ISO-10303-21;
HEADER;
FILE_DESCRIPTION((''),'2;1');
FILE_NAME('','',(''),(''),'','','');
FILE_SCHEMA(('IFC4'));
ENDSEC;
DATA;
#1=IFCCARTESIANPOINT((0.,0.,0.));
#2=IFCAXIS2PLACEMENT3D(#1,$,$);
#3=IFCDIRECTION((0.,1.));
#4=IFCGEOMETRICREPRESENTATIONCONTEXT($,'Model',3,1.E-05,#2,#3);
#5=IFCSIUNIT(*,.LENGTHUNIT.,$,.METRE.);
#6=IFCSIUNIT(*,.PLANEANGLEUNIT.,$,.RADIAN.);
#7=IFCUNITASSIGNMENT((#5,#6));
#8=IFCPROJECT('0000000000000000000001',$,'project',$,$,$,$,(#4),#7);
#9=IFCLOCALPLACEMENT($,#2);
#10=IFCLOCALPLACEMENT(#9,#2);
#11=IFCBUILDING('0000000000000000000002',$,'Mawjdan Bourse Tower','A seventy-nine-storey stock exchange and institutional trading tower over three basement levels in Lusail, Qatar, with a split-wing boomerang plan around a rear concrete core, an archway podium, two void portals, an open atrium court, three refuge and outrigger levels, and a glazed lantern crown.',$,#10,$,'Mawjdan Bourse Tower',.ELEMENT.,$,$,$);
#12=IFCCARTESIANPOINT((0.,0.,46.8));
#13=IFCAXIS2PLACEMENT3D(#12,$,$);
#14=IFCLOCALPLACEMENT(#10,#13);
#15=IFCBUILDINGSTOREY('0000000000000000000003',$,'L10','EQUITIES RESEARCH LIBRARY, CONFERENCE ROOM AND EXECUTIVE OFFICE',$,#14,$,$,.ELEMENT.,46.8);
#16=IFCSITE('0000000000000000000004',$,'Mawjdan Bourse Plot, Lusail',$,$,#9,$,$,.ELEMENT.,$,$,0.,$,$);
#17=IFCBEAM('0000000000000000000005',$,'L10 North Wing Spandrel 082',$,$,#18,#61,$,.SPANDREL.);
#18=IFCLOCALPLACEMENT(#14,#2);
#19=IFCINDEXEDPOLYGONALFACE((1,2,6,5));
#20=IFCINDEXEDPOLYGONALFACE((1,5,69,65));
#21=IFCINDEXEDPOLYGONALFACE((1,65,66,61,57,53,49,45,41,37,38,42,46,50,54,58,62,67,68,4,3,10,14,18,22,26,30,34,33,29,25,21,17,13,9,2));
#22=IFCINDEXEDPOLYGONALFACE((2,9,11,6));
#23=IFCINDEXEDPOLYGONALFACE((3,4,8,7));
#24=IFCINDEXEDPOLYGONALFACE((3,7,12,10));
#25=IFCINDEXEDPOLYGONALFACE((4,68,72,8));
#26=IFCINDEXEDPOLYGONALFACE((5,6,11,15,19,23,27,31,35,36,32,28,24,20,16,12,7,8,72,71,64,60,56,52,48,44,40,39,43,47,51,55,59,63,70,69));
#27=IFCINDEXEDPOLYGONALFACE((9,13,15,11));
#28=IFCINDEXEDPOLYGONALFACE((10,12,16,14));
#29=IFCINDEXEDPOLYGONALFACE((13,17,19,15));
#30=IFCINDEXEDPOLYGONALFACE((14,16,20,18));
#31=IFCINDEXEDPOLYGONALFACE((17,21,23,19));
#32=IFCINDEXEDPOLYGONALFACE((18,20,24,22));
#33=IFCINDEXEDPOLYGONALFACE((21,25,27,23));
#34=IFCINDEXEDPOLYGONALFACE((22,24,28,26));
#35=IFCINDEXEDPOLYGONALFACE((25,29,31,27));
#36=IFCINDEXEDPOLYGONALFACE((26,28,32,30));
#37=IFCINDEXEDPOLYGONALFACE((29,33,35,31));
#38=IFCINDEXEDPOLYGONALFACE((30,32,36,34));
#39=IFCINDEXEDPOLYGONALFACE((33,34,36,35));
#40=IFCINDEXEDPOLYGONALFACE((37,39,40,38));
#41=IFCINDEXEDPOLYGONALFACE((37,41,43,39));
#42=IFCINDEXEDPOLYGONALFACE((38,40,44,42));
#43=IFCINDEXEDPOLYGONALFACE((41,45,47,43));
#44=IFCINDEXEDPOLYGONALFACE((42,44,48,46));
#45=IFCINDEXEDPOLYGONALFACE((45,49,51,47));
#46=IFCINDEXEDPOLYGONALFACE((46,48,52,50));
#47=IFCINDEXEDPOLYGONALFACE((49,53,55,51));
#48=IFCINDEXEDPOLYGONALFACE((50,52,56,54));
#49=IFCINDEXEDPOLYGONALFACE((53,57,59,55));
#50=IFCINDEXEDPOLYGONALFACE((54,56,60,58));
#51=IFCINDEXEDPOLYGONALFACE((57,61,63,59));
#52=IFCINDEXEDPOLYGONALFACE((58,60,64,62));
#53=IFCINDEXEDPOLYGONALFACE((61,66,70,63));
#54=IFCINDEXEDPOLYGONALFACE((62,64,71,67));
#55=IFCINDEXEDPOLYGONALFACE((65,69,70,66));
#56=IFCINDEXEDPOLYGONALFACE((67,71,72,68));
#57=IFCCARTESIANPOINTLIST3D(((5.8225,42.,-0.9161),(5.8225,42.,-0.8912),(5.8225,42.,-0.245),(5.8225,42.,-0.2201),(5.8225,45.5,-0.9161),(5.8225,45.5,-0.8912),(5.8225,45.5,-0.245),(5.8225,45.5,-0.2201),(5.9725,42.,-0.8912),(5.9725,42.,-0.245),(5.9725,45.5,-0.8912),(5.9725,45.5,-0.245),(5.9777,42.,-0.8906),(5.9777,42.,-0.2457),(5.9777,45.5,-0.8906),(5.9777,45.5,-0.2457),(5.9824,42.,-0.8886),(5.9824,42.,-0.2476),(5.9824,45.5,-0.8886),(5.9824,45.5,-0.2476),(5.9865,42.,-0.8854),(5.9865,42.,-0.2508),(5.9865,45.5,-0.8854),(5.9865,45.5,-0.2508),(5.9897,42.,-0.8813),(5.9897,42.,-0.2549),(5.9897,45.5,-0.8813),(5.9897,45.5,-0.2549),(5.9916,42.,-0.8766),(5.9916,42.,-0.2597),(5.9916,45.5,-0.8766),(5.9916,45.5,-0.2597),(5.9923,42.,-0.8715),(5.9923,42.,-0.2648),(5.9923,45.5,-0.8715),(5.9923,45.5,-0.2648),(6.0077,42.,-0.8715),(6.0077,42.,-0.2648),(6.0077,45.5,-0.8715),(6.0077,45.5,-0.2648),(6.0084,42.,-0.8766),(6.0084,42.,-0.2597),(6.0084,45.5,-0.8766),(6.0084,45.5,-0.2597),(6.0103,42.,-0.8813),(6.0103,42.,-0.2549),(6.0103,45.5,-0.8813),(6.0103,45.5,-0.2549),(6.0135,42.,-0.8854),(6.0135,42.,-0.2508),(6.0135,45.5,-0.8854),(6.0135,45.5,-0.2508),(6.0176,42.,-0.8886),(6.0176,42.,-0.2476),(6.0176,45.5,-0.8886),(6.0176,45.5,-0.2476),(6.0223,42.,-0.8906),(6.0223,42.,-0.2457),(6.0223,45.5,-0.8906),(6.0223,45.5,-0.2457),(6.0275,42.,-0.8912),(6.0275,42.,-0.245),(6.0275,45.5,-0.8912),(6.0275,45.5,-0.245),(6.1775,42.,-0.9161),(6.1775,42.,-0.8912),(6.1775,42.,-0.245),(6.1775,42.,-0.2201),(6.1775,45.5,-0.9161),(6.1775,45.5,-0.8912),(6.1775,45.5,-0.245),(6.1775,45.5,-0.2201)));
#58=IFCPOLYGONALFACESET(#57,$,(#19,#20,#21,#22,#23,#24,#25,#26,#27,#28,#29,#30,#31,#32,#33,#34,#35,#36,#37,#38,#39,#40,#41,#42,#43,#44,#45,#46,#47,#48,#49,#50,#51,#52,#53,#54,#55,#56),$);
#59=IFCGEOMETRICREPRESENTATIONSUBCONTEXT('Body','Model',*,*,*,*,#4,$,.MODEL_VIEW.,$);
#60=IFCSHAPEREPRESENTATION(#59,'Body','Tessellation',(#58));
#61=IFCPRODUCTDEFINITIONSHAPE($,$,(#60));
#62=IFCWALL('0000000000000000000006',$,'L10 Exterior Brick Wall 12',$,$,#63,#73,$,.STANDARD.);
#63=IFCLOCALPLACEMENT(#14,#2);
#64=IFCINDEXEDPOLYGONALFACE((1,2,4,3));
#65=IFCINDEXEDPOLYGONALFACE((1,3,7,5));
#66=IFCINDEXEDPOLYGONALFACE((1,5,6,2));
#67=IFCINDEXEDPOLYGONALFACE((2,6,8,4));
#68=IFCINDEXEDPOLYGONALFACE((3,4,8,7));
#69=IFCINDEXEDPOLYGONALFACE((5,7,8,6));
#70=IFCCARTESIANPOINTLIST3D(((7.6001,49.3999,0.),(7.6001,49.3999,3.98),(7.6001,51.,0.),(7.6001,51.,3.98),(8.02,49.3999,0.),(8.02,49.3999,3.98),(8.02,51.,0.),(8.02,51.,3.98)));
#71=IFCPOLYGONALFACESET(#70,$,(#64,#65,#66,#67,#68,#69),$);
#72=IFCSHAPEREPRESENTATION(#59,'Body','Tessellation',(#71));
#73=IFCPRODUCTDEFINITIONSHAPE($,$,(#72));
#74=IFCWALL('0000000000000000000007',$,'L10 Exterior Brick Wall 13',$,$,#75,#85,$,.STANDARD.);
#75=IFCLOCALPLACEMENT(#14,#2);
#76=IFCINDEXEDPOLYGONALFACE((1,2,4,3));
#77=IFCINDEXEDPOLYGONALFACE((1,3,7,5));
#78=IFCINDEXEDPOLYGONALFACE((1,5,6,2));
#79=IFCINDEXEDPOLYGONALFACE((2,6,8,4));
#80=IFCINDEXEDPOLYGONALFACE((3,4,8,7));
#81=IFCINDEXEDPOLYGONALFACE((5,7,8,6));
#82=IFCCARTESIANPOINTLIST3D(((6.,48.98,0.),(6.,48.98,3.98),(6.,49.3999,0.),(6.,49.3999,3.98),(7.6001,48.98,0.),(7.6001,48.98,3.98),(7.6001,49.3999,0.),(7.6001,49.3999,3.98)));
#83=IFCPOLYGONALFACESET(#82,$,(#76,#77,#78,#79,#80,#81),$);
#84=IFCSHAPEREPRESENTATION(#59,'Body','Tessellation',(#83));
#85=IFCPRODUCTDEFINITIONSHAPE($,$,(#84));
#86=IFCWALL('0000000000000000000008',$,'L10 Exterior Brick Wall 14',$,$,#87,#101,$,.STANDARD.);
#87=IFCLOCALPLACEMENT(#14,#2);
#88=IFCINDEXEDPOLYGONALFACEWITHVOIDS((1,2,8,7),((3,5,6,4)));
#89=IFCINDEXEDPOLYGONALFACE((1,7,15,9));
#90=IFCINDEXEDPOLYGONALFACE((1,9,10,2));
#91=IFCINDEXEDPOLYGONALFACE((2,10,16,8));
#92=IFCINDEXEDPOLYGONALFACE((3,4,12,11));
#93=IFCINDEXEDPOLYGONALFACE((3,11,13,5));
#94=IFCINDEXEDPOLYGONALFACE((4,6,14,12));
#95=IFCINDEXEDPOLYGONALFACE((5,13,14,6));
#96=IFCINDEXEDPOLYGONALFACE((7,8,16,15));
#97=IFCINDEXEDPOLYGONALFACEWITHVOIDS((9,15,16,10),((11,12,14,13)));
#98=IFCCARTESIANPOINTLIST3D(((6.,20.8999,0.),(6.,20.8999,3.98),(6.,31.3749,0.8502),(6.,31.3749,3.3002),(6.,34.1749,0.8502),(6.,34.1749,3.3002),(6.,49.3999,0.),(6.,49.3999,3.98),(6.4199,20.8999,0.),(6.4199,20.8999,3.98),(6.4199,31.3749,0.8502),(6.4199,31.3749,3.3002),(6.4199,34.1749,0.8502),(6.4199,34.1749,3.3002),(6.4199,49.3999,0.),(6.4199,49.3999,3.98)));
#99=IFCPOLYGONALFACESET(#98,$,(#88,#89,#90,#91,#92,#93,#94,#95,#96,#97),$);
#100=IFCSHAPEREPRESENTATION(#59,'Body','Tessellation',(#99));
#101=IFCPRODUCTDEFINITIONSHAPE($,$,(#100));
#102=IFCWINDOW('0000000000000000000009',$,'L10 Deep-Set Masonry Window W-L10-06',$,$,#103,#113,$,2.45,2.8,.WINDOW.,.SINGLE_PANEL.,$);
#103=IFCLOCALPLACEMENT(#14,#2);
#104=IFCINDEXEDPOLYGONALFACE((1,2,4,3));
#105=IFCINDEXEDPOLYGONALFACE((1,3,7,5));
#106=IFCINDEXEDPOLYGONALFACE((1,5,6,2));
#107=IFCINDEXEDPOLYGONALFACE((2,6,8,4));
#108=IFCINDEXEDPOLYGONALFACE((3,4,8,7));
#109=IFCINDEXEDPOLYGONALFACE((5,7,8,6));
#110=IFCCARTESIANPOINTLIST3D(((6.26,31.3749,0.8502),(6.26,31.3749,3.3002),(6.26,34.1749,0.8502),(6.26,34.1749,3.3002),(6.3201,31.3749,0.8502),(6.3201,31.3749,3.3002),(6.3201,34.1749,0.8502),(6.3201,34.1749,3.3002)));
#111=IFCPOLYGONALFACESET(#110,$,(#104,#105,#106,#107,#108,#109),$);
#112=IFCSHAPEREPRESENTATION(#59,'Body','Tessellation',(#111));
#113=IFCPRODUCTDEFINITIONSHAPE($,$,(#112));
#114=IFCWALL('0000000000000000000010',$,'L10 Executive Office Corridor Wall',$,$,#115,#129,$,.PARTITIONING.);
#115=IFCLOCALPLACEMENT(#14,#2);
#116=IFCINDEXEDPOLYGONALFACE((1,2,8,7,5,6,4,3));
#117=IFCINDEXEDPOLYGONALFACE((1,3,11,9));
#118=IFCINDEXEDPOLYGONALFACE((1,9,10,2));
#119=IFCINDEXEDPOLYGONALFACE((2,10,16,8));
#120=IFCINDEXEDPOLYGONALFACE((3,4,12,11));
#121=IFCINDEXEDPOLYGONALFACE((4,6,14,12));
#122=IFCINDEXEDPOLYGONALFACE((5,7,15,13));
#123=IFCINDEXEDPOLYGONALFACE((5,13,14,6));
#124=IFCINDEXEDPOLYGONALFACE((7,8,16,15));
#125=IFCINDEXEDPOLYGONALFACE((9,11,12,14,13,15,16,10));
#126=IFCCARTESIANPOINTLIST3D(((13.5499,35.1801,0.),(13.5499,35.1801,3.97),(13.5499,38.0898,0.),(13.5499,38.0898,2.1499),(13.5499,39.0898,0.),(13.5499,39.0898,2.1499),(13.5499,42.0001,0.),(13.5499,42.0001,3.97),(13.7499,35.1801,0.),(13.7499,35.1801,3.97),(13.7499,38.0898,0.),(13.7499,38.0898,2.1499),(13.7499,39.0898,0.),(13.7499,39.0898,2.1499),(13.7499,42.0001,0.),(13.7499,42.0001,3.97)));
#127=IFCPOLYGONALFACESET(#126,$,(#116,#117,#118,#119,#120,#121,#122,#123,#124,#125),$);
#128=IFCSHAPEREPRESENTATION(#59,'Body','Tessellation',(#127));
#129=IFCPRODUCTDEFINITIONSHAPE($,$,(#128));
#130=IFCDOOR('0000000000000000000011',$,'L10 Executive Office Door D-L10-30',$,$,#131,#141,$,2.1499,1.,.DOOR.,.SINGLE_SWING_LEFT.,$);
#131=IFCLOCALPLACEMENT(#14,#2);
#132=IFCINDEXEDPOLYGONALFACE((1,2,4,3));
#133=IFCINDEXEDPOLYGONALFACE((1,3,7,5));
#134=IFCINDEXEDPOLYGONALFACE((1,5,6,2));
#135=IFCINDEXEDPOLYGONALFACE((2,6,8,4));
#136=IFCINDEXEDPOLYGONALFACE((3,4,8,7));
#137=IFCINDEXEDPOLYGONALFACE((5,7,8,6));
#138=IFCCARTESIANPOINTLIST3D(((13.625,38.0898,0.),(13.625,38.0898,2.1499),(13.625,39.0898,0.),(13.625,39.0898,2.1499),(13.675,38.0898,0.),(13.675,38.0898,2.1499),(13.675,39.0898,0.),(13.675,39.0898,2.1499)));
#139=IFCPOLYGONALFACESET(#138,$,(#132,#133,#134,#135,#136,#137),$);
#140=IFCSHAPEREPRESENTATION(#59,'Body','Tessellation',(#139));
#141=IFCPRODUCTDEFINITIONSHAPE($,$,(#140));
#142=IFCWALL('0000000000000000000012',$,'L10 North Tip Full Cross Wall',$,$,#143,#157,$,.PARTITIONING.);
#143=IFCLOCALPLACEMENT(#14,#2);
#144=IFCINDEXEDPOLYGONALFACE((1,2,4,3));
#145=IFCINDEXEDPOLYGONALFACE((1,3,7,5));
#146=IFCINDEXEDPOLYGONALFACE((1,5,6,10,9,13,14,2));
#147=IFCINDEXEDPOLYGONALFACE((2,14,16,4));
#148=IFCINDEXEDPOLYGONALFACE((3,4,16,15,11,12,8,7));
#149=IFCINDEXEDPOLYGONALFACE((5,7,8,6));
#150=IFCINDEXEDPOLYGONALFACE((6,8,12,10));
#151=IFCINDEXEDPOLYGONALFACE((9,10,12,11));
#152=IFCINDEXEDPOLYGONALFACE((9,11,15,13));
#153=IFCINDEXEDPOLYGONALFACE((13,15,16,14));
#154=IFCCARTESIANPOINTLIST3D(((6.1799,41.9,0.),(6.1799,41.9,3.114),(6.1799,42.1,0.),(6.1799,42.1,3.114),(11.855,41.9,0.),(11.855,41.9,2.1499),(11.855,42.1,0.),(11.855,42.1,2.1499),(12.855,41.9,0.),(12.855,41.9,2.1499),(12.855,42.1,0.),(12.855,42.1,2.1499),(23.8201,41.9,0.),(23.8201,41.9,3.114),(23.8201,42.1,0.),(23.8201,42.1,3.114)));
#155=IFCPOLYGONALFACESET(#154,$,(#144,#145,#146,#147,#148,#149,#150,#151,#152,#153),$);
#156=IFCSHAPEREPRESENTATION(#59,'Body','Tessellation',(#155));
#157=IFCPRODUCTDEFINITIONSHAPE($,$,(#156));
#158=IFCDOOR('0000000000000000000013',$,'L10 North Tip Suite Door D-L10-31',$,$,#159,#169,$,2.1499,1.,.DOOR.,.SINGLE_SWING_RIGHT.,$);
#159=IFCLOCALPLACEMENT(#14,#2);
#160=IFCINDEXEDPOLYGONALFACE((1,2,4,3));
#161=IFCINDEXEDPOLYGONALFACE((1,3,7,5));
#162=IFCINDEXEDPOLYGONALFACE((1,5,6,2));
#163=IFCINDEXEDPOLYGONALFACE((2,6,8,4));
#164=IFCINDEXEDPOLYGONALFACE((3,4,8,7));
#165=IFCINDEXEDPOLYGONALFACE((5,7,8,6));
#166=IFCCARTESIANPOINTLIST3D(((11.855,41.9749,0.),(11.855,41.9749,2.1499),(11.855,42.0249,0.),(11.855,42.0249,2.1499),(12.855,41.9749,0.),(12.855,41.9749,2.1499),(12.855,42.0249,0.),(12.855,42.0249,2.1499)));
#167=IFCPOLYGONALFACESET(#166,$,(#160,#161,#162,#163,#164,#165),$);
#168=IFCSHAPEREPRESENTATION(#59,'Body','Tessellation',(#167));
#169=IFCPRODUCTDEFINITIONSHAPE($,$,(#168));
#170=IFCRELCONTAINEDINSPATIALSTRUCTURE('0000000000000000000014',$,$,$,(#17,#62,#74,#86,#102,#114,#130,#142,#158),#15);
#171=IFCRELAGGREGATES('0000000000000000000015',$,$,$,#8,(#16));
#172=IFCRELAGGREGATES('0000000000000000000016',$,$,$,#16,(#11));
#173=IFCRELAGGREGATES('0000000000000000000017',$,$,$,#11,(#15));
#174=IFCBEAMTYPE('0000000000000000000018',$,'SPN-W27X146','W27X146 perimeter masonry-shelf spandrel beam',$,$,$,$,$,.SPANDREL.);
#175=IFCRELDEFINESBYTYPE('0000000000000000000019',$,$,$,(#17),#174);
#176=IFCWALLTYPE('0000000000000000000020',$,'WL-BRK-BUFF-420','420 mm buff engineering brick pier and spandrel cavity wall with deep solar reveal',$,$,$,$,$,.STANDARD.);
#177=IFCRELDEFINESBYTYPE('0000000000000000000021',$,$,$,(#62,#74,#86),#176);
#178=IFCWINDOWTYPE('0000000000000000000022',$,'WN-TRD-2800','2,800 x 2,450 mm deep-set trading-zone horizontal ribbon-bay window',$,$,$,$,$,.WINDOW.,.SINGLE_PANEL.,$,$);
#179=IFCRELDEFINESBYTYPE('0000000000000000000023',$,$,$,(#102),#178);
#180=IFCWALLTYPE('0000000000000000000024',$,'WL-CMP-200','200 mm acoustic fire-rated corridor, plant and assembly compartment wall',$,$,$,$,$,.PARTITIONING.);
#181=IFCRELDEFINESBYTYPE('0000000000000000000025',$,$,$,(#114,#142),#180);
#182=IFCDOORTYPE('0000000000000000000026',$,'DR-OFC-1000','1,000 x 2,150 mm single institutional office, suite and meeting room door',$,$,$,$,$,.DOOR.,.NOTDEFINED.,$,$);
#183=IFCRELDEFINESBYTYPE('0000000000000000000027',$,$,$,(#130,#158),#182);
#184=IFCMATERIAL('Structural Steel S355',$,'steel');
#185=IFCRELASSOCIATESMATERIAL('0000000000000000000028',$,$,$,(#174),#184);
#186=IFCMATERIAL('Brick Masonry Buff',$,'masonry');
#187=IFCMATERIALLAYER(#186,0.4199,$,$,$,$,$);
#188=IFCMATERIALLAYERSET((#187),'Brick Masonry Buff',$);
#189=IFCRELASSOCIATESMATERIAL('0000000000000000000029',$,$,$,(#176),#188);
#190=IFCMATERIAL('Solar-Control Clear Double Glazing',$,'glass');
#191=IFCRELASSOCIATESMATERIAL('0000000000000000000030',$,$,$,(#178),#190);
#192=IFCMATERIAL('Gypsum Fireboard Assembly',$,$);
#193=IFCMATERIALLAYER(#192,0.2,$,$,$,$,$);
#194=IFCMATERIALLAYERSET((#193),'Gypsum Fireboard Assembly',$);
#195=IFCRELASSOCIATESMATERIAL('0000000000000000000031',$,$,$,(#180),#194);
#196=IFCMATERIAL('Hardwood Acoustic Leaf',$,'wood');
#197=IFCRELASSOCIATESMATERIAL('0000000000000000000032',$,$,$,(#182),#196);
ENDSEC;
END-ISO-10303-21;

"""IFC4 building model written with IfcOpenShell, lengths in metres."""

from ifc_helpers import new_model, si_unit, direction, frame, frame_2d, origin, origin_2d, place, context, subcontext, project, spatial, rectangle, i_section, extrude, material, layer, layer_set, material_profile, profile_set, type_object, element, fill, save


model = new_model("IFC4")

# Units and contexts
model_context = context("Model", 3, precision=1e-05, world=origin(), true_north=direction((0.0, 1.0)))
body_context = subcontext(model_context, "Body", "Model", "MODEL_VIEW")
ifc_project = project(units=[si_unit("LENGTHUNIT", "METRE"), si_unit("PLANEANGLEUNIT", "RADIAN")], contexts=[model_context])

# Site, building, storey
site_placement = place(None, origin())
site = spatial("IfcSite", under=ifc_project, at=site_placement, Name="Mawjdan Bourse Plot, Lusail", CompositionType="ELEMENT", RefElevation=0.0)
building_placement = place(site_placement, origin())
building = spatial("IfcBuilding", under=site, at=building_placement, Name="Mawjdan Bourse Tower", Description="A seventy-nine-storey stock exchange and institutional trading tower over three basement levels in Lusail, Qatar, with a split-wing boomerang plan around a rear concrete core, an archway podium, two void portals, an open atrium court, three refuge and outrigger levels, and a glazed lantern crown.", LongName="Mawjdan Bourse Tower", CompositionType="ELEMENT")
storey_placement = place(building_placement, frame((0.0, 0.0, 46.8)))
storey = spatial("IfcBuildingStorey", under=building, at=storey_placement, Name="L10", Description="EQUITIES RESEARCH LIBRARY, CONFERENCE ROOM AND EXECUTIVE OFFICE", CompositionType="ELEMENT", Elevation=46.8)

# Beam
ifc_material_1 = material(Name="Structural Steel S355", Category="steel")
ifc_material_profile_1 = material_profile(ifc_material_1, i_section(OverallWidth=0.355, OverallDepth=0.696, WebThickness=0.0154, FlangeThickness=0.0249, FilletRadius=0.0198, at=origin_2d()), Name="W27X146")
ifc_profile_set_1 = profile_set([ifc_material_profile_1], Name="Structural Steel S355")
beam_type_1 = type_object("IfcBeamType", Name="SPN-W27X146", Description="W27X146 perimeter masonry-shelf spandrel beam", PredefinedType="SPANDREL", material=ifc_profile_set_1)
beam_1_placement = place(storey_placement, frame((6.0, 42.0, -0.5681), z_axis=(0.0, 1.0, 0.0), x_axis=(-1.0, 0.0, 0.0)))
element("IfcBeam", 1, at=beam_1_placement, inside=storey, type_object=beam_type_1, Name="L10 North Wing Spandrel 082", PredefinedType="SPANDREL", context=body_context, shape_type="SweptSolid", body=[
    extrude(i_section(OverallWidth=0.355, OverallDepth=0.696, WebThickness=0.0154, FlangeThickness=0.0249, FilletRadius=0.0198, at=origin_2d()), origin(), (0.0, 0.0, 1.0), 3.5),
])

# Walls
ifc_material_2 = material(Name="Brick Masonry Buff", Category="masonry")
ifc_layer_1 = layer(ifc_material_2, 0.4199)
ifc_layer_set_1 = layer_set([ifc_layer_1], Name="Brick Masonry Buff")
wall_type_1 = type_object("IfcWallType", Name="WL-BRK-BUFF-420", Description="420 mm buff engineering brick pier and spandrel cavity wall with deep solar reveal", PredefinedType="STANDARD", material=ifc_layer_set_1)
for number, where, z_axis, x_axis, name in (
    (2, (7.8101, 51.0, 0.0), (0.0, 0.0, 1.0), (0.0, -1.0, 0.0), "L10 Exterior Brick Wall 12"),
    (3, (7.6001, 49.1899, 0.0), (0.0, 0.0, 1.0), (-1.0, 0.0, 0.0), "L10 Exterior Brick Wall 13"),
):
    element("IfcWall", number, at=place(storey_placement, frame(where, z_axis=z_axis, x_axis=x_axis)), inside=storey, type_object=wall_type_1, Name=name, PredefinedType="STANDARD", context=body_context, shape_type="SweptSolid", body=[
        extrude(rectangle(XDim=1.6001, YDim=0.4199, at=frame_2d((0.8, 0.0))), origin(), (0.0, 0.0, 1.0), 3.98),
    ])

# Wall, opening, window
wall_1_placement = place(storey_placement, frame((6.21, 49.3999, 0.0), z_axis=(0.0, 0.0, 1.0), x_axis=(0.0, -1.0, 0.0)))
wall_1 = element("IfcWall", 4, at=wall_1_placement, inside=storey, type_object=wall_type_1, Name="L10 Exterior Brick Wall 14", PredefinedType="STANDARD", context=body_context, shape_type="SweptSolid", body=[
    extrude(rectangle(XDim=28.5, YDim=0.4199, at=frame_2d((14.25, 0.0))), origin(), (0.0, 0.0, 1.0), 3.98),
])
opening_1_placement = place(wall_1_placement, frame((15.2251, 0.0, 0.8501)))
opening_1 = element("IfcOpeningElement", 5, at=opening_1_placement, cuts=wall_1, PredefinedType="OPENING", context=body_context, shape_type="SweptSolid", body=[
    extrude(rectangle(XDim=2.8, YDim=2.45, at=frame_2d((1.3999, 1.2251))), frame((0.0, 0.22, 0.0), z_axis=(0.0, -1.0, 0.0), x_axis=(1.0, 0.0, 0.0)), (0.0, 0.0, 1.0), 0.4399),
])
ifc_material_3 = material(Name="Solar-Control Clear Double Glazing", Category="glass")
window_type = type_object("IfcWindowType", Name="WN-TRD-2800", Description="2,800 x 2,450 mm deep-set trading-zone horizontal ribbon-bay window", PartitioningType="SINGLE_PANEL", PredefinedType="WINDOW", material=ifc_material_3)
window_placement = place(opening_1_placement, origin())
window = element("IfcWindow", 6, at=window_placement, inside=storey, type_object=window_type, Name="L10 Deep-Set Masonry Window W-L10-06", OverallHeight=2.45, OverallWidth=2.8, PartitioningType="SINGLE_PANEL", PredefinedType="WINDOW", context=body_context, shape_type="SweptSolid", body=[
    extrude(rectangle(XDim=2.8, YDim=2.45, at=frame_2d((1.3999, 1.2251))), frame((0.0, 0.1101, 0.0), z_axis=(0.0, -1.0, 0.0), x_axis=(1.0, 0.0, 0.0)), (0.0, 0.0, 1.0), 0.0601),
])
fill(opening_1, window)

# Walls, openings, doors
ifc_material_4 = material(Name="Gypsum Fireboard Assembly")
ifc_layer_2 = layer(ifc_material_4, 0.2)
ifc_layer_set_2 = layer_set([ifc_layer_2], Name="Gypsum Fireboard Assembly")
wall_type_2 = type_object("IfcWallType", Name="WL-CMP-200", Description="200 mm acoustic fire-rated corridor, plant and assembly compartment wall", PredefinedType="PARTITIONING", material=ifc_layer_set_2)
wall_2_placement = place(storey_placement, frame((13.6499, 35.1799, 0.0), z_axis=(0.0, 0.0, 1.0), x_axis=(0.0, 1.0, 0.0)))
wall_2 = element("IfcWall", 7, at=wall_2_placement, inside=storey, type_object=wall_type_2, Name="L10 Executive Office Corridor Wall", PredefinedType="PARTITIONING", context=body_context, shape_type="SweptSolid", body=[
    extrude(rectangle(XDim=6.8201, YDim=0.2, at=frame_2d((3.4102, 0.0))), origin(), (0.0, 0.0, 1.0), 3.97),
])
opening_2_placement = place(wall_2_placement, frame((2.9099, 0.0, 0.0)))
opening_2 = element("IfcOpeningElement", 8, at=opening_2_placement, cuts=wall_2, PredefinedType="OPENING", context=body_context, shape_type="SweptSolid", body=[
    extrude(rectangle(XDim=1.0, YDim=2.1499, at=frame_2d((0.5, 1.075))), frame((0.0, 0.1099, 0.0), z_axis=(0.0, -1.0, 0.0), x_axis=(1.0, 0.0, 0.0)), (0.0, 0.0, 1.0), 0.22),
])
ifc_material_5 = material(Name="Hardwood Acoustic Leaf", Category="wood")
door_type = type_object("IfcDoorType", Name="DR-OFC-1000", Description="1,000 x 2,150 mm single institutional office, suite and meeting room door", OperationType="NOTDEFINED", PredefinedType="DOOR", material=ifc_material_5)
door_1_placement = place(opening_2_placement, origin())
door_1 = element("IfcDoor", 9, at=door_1_placement, inside=storey, type_object=door_type, Name="L10 Executive Office Door D-L10-30", OperationType="SINGLE_SWING_LEFT", OverallHeight=2.1499, OverallWidth=1.0, PredefinedType="DOOR", context=body_context, shape_type="SweptSolid", body=[
    extrude(rectangle(XDim=1.0, YDim=2.1499, at=frame_2d((0.5, 1.075))), frame((0.0, 0.0249, 0.0), z_axis=(0.0, -1.0, 0.0), x_axis=(1.0, 0.0, 0.0)), (0.0, 0.0, 1.0), 0.05),
])
fill(opening_2, door_1)
wall_3_placement = place(storey_placement, frame((6.1799, 42.0, 0.0), z_axis=(0.0, 0.0, 1.0), x_axis=(1.0, 0.0, 0.0)))
wall_3 = element("IfcWall", 10, at=wall_3_placement, inside=storey, type_object=wall_type_2, Name="L10 North Tip Full Cross Wall", PredefinedType="PARTITIONING", context=body_context, shape_type="SweptSolid", body=[
    extrude(rectangle(XDim=17.6401, YDim=0.2, at=frame_2d((8.8201, 0.0))), origin(), (0.0, 0.0, 1.0), 3.114),
])
opening_3_placement = place(wall_3_placement, frame((5.675, 0.0, 0.0)))
opening_3 = element("IfcOpeningElement", 11, at=opening_3_placement, cuts=wall_3, PredefinedType="OPENING", context=body_context, shape_type="SweptSolid", body=[
    extrude(rectangle(XDim=1.0, YDim=2.1499, at=frame_2d((0.5, 1.075))), frame((0.0, 0.1099, 0.0), z_axis=(0.0, -1.0, 0.0), x_axis=(1.0, 0.0, 0.0)), (0.0, 0.0, 1.0), 0.22),
])
door_2_placement = place(opening_3_placement, origin())
door_2 = element("IfcDoor", 12, at=door_2_placement, inside=storey, type_object=door_type, Name="L10 North Tip Suite Door D-L10-31", OperationType="SINGLE_SWING_RIGHT", OverallHeight=2.1499, OverallWidth=1.0, PredefinedType="DOOR", context=body_context, shape_type="SweptSolid", body=[
    extrude(rectangle(XDim=1.0, YDim=2.1499, at=frame_2d((0.5, 1.075))), frame((0.0, 0.0249, 0.0), z_axis=(0.0, -1.0, 0.0), x_axis=(1.0, 0.0, 0.0)), (0.0, 0.0, 1.0), 0.05),
])
fill(opening_3, door_2)

save(model, "model.ifc")
